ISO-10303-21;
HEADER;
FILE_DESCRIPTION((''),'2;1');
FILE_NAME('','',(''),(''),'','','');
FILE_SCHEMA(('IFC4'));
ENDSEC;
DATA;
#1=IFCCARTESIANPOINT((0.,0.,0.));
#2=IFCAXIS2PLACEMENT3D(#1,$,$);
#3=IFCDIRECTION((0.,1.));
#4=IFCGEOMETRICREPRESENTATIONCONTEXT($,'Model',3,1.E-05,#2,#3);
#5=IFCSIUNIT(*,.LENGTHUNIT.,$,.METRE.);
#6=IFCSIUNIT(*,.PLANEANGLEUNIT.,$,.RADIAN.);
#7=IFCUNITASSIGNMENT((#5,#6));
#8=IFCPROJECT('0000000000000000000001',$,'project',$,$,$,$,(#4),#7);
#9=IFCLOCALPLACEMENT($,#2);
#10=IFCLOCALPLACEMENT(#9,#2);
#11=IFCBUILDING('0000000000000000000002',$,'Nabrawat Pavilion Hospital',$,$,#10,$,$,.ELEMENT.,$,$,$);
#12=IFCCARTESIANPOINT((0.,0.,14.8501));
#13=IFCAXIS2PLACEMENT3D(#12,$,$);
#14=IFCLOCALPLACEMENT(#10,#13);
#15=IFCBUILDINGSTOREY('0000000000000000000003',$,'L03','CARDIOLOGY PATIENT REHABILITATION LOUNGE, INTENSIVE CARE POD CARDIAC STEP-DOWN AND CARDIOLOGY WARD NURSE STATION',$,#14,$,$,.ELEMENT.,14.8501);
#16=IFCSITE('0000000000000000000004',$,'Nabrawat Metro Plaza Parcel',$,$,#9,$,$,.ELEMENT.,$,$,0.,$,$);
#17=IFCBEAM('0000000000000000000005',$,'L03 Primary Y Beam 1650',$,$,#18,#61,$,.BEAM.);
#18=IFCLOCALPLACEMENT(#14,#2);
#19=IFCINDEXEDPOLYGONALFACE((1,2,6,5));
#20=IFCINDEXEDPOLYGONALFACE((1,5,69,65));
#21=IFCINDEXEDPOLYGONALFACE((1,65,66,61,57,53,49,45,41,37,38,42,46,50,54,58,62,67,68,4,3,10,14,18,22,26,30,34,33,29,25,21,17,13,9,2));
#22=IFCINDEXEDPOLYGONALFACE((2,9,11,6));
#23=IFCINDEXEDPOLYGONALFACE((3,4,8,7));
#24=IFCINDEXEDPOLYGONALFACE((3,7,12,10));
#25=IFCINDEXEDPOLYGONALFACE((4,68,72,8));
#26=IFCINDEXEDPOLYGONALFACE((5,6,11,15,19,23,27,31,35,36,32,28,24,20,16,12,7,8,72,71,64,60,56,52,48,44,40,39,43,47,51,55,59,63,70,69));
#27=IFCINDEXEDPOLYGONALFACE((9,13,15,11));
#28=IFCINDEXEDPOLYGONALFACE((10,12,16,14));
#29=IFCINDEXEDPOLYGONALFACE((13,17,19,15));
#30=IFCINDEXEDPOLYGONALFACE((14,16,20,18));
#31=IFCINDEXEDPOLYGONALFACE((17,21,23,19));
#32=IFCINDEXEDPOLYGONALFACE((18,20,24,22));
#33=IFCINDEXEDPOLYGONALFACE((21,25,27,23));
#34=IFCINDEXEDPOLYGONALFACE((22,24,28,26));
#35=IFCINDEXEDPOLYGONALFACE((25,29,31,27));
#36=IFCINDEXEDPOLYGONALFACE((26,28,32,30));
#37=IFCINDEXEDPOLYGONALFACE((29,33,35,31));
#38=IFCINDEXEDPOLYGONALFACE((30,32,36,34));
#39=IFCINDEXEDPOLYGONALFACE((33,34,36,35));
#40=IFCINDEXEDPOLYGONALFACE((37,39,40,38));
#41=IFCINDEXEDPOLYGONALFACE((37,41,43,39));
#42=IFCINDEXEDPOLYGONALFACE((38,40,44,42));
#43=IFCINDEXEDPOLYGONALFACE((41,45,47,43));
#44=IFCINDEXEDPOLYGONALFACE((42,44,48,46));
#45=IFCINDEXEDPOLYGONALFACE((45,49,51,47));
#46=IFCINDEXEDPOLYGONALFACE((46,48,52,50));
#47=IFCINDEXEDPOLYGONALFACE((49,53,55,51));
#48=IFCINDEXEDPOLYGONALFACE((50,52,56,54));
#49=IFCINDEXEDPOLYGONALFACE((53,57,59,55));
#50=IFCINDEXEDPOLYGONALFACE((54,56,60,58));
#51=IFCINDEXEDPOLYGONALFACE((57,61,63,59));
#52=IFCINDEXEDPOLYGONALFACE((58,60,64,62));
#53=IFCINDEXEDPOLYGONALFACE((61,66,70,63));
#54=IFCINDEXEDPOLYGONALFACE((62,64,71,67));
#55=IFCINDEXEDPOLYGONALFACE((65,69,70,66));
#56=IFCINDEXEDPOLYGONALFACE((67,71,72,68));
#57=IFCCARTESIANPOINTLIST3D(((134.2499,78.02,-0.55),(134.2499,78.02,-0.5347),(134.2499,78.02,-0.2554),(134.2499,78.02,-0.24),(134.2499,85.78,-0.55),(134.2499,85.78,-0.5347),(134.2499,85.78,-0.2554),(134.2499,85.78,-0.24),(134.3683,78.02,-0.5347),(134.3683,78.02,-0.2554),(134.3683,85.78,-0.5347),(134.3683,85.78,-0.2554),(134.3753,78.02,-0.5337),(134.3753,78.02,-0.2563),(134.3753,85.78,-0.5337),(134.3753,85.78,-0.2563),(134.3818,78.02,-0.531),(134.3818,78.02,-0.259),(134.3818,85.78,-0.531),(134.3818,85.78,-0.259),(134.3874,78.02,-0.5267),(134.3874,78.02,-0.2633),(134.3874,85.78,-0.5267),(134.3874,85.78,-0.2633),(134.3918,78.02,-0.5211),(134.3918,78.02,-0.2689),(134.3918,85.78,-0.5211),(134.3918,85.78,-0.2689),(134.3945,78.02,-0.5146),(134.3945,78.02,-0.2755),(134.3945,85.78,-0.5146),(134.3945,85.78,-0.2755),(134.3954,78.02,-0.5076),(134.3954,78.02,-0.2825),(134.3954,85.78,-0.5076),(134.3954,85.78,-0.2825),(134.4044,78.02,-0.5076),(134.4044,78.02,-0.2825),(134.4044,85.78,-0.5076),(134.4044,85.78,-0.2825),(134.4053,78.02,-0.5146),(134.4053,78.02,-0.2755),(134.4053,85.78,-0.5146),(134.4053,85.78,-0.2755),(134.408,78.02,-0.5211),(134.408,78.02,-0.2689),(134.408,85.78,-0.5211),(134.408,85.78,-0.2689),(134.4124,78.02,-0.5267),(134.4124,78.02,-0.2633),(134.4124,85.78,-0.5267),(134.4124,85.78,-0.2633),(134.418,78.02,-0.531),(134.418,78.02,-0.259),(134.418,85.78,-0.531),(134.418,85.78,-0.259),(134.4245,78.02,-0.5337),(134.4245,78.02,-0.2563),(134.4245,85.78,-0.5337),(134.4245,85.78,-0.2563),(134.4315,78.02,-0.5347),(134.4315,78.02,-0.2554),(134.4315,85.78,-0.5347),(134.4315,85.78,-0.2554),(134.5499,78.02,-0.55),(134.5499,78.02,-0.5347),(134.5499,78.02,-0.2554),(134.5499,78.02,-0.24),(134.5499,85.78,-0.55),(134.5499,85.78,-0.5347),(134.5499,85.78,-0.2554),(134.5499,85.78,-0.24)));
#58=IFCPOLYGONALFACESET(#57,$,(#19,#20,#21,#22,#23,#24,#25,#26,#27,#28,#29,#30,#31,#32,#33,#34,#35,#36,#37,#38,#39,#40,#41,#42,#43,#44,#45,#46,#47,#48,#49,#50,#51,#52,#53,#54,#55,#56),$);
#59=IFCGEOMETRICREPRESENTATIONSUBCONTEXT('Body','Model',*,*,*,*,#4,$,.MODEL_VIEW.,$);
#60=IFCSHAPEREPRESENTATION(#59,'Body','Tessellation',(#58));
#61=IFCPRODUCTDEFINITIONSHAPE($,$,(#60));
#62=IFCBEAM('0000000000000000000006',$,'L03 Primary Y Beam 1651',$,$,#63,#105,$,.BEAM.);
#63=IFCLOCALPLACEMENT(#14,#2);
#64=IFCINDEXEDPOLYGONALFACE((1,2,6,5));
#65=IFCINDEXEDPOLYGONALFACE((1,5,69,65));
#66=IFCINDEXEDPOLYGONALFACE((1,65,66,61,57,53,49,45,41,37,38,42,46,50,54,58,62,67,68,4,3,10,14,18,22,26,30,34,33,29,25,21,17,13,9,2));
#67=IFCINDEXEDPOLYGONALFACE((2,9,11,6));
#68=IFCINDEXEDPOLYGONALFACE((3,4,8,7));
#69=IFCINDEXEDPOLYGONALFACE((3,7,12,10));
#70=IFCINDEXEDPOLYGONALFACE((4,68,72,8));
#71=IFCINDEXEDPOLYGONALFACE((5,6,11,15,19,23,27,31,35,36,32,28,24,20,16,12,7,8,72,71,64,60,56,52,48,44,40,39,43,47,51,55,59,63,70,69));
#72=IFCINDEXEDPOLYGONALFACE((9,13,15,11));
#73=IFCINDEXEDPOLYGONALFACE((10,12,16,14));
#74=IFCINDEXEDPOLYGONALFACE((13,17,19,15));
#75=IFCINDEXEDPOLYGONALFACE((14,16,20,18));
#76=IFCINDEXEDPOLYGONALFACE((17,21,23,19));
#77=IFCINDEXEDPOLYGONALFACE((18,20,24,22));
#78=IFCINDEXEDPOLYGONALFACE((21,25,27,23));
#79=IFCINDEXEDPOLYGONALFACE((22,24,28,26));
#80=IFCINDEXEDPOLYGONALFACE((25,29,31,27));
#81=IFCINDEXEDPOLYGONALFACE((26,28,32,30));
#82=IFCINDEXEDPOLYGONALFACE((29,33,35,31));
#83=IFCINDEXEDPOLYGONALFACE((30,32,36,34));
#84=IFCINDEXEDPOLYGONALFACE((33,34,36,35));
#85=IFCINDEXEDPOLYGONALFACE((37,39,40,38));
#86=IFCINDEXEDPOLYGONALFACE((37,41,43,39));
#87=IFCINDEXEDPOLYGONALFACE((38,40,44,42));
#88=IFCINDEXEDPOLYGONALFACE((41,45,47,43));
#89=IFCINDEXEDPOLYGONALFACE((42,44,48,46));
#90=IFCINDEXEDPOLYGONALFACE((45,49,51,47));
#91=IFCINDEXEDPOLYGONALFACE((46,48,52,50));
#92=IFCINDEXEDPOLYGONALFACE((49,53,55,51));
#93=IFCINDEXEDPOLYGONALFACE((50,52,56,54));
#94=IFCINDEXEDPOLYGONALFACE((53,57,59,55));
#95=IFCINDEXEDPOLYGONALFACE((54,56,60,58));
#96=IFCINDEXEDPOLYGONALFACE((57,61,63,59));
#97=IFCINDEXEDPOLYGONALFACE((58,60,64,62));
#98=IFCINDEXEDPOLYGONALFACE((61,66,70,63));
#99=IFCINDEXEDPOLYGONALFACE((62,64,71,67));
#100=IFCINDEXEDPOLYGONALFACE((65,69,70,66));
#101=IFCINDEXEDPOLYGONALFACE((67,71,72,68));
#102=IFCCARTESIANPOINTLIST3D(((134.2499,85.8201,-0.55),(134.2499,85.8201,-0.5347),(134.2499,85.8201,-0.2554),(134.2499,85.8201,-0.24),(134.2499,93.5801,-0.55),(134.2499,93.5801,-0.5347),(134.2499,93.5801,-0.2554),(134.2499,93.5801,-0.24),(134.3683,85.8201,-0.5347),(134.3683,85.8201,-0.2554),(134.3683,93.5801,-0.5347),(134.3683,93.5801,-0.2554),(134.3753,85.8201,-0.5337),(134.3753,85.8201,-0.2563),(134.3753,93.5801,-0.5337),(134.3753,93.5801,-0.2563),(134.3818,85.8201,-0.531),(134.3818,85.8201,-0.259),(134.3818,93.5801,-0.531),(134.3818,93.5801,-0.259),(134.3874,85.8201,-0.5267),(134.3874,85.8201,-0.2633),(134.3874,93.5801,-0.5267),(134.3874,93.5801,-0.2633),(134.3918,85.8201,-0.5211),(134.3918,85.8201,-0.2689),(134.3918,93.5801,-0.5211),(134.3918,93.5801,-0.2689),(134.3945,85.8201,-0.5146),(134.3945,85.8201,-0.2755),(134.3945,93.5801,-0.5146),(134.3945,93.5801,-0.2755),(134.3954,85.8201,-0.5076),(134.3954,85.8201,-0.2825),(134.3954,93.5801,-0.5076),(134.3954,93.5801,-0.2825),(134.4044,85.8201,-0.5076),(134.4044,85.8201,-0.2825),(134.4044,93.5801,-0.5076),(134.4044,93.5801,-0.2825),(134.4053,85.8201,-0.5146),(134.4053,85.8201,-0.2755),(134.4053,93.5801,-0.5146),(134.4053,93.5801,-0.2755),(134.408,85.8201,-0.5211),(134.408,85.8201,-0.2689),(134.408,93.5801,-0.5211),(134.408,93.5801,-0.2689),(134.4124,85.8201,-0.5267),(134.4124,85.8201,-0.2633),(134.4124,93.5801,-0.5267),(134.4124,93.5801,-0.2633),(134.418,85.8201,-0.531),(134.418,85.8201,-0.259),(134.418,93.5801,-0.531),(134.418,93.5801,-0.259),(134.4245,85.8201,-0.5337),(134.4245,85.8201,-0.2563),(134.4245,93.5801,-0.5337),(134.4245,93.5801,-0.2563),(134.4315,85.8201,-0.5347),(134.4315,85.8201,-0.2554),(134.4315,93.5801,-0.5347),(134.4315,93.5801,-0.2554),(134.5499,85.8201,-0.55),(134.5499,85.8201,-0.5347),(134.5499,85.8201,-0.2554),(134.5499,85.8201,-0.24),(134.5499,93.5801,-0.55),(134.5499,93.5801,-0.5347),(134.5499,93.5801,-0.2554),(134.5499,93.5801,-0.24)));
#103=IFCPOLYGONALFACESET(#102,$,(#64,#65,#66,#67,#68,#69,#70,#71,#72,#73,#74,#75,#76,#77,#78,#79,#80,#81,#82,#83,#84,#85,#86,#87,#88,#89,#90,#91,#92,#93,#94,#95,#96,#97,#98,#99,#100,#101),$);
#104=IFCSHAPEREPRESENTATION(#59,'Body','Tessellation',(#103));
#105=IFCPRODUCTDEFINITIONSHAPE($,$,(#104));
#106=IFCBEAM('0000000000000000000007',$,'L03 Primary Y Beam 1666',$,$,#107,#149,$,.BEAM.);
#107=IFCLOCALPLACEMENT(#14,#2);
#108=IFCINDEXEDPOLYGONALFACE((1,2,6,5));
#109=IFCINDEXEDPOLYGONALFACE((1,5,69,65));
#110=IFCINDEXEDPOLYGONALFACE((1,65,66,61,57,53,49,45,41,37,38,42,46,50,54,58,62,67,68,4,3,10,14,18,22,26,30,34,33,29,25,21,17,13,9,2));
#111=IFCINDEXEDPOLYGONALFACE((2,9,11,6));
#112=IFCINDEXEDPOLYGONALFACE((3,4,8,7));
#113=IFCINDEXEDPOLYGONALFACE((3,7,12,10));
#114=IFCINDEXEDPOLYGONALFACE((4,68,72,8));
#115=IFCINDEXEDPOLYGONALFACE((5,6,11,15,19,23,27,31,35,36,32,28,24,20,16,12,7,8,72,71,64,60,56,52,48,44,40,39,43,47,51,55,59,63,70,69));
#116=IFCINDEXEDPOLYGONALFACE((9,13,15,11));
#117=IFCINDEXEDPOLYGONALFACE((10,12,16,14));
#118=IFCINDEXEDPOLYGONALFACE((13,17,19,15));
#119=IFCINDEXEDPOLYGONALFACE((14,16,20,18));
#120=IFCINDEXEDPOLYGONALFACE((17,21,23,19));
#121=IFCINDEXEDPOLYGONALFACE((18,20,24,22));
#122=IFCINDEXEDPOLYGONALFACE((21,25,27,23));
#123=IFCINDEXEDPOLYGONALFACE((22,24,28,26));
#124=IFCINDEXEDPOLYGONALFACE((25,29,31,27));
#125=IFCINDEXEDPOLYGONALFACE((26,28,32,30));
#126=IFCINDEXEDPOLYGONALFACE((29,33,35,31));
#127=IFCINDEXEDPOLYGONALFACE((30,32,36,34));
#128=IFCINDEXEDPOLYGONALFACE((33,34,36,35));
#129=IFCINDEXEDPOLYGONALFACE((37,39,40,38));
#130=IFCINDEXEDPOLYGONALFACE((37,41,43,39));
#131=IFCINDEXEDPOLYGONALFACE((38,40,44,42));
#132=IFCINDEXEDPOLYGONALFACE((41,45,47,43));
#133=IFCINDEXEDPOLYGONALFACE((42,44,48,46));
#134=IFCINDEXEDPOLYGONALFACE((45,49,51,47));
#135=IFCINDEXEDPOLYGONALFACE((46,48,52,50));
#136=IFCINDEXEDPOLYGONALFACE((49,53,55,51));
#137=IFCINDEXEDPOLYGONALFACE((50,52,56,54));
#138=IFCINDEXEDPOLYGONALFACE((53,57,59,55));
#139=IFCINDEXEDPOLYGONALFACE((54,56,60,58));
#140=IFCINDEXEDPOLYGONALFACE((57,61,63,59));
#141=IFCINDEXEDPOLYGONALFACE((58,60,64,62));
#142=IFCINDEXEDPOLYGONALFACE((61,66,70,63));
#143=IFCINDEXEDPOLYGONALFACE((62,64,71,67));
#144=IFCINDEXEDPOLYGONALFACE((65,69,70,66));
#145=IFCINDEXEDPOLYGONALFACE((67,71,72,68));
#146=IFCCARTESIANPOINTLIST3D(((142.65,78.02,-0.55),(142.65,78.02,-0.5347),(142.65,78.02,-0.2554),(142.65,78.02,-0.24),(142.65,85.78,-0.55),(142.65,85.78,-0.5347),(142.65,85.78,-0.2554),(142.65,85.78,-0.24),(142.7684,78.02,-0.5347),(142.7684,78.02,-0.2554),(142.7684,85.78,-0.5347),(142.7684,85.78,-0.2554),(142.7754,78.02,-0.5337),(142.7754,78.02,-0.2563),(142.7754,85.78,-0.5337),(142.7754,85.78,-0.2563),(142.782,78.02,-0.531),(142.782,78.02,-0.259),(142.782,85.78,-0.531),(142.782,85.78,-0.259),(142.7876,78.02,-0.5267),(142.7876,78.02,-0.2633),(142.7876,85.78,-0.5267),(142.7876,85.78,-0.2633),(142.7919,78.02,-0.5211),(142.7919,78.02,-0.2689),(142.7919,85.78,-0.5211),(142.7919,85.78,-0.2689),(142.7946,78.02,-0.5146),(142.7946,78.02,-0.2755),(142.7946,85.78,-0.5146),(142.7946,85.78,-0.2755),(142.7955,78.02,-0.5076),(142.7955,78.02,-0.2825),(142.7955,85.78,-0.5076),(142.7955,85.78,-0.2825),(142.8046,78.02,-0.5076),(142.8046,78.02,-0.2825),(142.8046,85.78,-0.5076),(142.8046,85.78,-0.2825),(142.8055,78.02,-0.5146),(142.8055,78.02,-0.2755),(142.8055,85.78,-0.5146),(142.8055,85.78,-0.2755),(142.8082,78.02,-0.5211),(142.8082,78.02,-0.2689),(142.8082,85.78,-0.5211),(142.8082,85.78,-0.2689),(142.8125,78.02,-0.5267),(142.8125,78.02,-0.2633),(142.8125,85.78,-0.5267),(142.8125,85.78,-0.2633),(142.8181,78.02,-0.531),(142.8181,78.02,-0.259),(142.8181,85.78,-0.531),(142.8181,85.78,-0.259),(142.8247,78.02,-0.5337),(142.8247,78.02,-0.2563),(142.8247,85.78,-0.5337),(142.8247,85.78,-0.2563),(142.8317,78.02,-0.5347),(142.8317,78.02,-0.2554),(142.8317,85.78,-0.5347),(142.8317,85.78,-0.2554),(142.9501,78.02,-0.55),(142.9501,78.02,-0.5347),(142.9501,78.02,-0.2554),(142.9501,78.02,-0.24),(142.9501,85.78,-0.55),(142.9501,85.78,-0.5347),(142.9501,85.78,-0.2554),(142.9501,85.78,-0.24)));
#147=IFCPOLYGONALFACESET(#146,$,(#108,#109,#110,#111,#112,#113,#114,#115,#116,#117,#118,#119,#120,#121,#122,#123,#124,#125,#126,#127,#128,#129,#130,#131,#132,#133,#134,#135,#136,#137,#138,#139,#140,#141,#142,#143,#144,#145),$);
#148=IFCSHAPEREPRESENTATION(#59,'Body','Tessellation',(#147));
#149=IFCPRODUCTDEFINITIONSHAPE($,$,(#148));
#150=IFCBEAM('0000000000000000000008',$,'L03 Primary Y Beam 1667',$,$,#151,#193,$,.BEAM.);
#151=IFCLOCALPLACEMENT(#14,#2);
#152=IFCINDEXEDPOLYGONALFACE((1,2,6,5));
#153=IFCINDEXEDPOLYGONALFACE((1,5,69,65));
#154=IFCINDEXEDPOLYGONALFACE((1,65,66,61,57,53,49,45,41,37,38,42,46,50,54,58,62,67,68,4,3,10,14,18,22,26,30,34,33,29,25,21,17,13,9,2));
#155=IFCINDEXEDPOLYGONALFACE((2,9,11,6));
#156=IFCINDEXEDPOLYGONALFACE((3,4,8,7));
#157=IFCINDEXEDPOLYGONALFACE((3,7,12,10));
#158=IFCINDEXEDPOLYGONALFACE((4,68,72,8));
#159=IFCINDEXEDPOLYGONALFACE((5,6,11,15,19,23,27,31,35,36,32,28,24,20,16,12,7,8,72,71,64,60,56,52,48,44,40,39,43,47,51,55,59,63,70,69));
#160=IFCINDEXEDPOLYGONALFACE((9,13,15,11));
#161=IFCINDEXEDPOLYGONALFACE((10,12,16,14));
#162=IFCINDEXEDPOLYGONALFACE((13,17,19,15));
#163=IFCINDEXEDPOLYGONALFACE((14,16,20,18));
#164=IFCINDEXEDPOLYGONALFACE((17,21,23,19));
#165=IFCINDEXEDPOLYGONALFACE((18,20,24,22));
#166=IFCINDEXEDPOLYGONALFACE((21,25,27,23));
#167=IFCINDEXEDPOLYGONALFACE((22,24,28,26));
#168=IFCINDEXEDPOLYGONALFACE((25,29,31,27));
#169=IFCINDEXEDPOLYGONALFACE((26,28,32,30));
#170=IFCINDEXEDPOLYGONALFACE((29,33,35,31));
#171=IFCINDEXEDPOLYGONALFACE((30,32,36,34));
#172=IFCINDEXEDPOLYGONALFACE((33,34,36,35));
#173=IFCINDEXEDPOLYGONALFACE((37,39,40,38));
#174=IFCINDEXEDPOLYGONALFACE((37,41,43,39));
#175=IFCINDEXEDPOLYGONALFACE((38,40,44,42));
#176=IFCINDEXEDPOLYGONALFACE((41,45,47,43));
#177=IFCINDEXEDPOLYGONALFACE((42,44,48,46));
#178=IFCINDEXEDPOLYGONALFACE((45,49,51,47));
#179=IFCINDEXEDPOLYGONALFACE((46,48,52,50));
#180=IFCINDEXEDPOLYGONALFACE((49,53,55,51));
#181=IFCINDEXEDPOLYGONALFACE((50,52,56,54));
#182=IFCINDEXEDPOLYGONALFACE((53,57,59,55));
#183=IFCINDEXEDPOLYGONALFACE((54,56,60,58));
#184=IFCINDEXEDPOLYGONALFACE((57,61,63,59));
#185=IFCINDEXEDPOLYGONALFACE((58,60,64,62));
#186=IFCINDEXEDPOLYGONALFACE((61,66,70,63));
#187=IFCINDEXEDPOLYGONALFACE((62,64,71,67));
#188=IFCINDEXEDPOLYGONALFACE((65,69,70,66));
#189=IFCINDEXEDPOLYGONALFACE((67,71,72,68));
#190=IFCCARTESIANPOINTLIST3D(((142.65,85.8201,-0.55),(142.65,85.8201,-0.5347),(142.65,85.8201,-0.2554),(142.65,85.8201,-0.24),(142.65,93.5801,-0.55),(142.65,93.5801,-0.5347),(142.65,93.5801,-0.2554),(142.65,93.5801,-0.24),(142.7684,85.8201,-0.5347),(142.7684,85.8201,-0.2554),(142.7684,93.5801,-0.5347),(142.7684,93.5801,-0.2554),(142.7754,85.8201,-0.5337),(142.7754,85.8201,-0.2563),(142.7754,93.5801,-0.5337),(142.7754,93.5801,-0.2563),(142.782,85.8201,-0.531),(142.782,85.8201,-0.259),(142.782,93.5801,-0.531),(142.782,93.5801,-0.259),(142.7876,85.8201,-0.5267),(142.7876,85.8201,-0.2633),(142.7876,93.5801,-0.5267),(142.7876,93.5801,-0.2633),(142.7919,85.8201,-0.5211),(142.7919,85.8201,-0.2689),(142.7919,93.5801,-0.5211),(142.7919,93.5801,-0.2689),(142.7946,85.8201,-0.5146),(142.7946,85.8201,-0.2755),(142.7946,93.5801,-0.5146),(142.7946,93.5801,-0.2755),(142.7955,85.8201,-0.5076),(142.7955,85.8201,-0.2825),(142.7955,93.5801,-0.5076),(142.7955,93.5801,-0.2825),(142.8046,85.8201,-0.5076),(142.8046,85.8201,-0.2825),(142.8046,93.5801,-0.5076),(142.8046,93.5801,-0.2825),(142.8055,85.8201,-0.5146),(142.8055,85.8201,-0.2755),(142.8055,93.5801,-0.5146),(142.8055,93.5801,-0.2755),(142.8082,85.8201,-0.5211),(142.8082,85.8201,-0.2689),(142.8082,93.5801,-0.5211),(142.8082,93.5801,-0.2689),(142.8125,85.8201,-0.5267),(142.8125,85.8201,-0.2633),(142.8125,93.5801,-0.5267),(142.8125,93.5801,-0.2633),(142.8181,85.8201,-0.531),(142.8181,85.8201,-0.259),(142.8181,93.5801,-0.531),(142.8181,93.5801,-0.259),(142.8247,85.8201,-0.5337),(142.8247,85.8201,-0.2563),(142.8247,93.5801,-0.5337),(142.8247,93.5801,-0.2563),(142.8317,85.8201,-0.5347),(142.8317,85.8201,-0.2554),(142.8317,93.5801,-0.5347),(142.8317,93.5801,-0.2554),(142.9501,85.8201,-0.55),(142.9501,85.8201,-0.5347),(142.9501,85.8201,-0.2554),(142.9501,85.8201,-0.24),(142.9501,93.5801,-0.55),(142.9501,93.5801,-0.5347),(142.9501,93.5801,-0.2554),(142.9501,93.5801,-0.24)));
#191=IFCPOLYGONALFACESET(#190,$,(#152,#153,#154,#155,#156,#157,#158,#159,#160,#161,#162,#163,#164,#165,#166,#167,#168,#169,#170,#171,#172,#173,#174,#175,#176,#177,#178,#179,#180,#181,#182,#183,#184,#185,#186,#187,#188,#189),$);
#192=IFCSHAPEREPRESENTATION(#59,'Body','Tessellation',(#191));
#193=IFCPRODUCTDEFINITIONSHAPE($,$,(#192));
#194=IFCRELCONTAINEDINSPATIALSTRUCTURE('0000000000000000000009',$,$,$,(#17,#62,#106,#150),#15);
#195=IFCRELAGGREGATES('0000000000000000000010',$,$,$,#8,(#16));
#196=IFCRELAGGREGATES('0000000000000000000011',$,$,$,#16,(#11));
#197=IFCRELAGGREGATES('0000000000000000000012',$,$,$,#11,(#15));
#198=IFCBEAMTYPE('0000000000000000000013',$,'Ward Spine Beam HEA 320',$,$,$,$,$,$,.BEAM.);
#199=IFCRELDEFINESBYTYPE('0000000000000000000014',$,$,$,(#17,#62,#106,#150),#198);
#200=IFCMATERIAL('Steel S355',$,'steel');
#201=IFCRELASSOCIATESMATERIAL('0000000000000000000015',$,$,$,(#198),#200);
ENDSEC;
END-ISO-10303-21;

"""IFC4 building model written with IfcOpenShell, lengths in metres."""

from ifc_helpers import new_model, si_unit, direction, frame, origin, origin_2d, place, context, subcontext, project, spatial, i_section, extrude, material, material_profile, profile_set, type_object, element, save


model = new_model("IFC4")

# Units and contexts
model_context = context("Model", 3, precision=1e-05, world=origin(), true_north=direction((0.0, 1.0)))
body_context = subcontext(model_context, "Body", "Model", "MODEL_VIEW")
ifc_project = project(units=[si_unit("LENGTHUNIT", "METRE"), si_unit("PLANEANGLEUNIT", "RADIAN")], contexts=[model_context])

# Site, building, storey
site_placement = place(None, origin())
site = spatial("IfcSite", under=ifc_project, at=site_placement, Name="Nabrawat Metro Plaza Parcel", CompositionType="ELEMENT", RefElevation=0.0)
building_placement = place(site_placement, origin())
building = spatial("IfcBuilding", under=site, at=building_placement, Name="Nabrawat Pavilion Hospital", CompositionType="ELEMENT")
storey_placement = place(building_placement, frame((0.0, 0.0, 14.8501)))
storey = spatial("IfcBuildingStorey", under=building, at=storey_placement, Name="L03", Description="CARDIOLOGY PATIENT REHABILITATION LOUNGE, INTENSIVE CARE POD CARDIAC STEP-DOWN AND CARDIOLOGY WARD NURSE STATION", CompositionType="ELEMENT", Elevation=14.8501)

# Shared definitions
ifc_material_1 = material(Name="Steel S355", Category="steel")

# Beams
ifc_material_profile_1 = material_profile(ifc_material_1, i_section(OverallWidth=0.3, OverallDepth=0.3101, WebThickness=0.009, FlangeThickness=0.0154, FilletRadius=0.0271, at=origin_2d()), Name="HEA 320")
ifc_profile_set_1 = profile_set([ifc_material_profile_1], Name="Steel S355")
beam_type_1 = type_object("IfcBeamType", Name="Ward Spine Beam HEA 320", PredefinedType="BEAM", material=ifc_profile_set_1)
for number, where, z_axis, x_axis, name in (
    (1, (134.3999, 78.02, -0.395), (0.0, 1.0, 0.0), (-1.0, 0.0, 0.0), "L03 Primary Y Beam 1650"),
    (2, (134.3999, 85.8201, -0.395), (0.0, 1.0, 0.0), (-1.0, 0.0, 0.0), "L03 Primary Y Beam 1651"),
    (3, (142.8, 78.02, -0.395), (0.0, 1.0, 0.0), (-1.0, 0.0, 0.0), "L03 Primary Y Beam 1666"),
    (4, (142.8, 85.8201, -0.395), (0.0, 1.0, 0.0), (-1.0, 0.0, 0.0), "L03 Primary Y Beam 1667"),
):
    element("IfcBeam", number, at=place(storey_placement, frame(where, z_axis=z_axis, x_axis=x_axis)), inside=storey, type_object=beam_type_1, Name=name, PredefinedType="BEAM", context=body_context, shape_type="SweptSolid", body=[
        extrude(i_section(OverallWidth=0.3, OverallDepth=0.3101, WebThickness=0.009, FlangeThickness=0.0154, FilletRadius=0.0271, at=origin_2d()), origin(), (0.0, 0.0, 1.0), 7.76),
    ])

save(model, "model.ifc")
